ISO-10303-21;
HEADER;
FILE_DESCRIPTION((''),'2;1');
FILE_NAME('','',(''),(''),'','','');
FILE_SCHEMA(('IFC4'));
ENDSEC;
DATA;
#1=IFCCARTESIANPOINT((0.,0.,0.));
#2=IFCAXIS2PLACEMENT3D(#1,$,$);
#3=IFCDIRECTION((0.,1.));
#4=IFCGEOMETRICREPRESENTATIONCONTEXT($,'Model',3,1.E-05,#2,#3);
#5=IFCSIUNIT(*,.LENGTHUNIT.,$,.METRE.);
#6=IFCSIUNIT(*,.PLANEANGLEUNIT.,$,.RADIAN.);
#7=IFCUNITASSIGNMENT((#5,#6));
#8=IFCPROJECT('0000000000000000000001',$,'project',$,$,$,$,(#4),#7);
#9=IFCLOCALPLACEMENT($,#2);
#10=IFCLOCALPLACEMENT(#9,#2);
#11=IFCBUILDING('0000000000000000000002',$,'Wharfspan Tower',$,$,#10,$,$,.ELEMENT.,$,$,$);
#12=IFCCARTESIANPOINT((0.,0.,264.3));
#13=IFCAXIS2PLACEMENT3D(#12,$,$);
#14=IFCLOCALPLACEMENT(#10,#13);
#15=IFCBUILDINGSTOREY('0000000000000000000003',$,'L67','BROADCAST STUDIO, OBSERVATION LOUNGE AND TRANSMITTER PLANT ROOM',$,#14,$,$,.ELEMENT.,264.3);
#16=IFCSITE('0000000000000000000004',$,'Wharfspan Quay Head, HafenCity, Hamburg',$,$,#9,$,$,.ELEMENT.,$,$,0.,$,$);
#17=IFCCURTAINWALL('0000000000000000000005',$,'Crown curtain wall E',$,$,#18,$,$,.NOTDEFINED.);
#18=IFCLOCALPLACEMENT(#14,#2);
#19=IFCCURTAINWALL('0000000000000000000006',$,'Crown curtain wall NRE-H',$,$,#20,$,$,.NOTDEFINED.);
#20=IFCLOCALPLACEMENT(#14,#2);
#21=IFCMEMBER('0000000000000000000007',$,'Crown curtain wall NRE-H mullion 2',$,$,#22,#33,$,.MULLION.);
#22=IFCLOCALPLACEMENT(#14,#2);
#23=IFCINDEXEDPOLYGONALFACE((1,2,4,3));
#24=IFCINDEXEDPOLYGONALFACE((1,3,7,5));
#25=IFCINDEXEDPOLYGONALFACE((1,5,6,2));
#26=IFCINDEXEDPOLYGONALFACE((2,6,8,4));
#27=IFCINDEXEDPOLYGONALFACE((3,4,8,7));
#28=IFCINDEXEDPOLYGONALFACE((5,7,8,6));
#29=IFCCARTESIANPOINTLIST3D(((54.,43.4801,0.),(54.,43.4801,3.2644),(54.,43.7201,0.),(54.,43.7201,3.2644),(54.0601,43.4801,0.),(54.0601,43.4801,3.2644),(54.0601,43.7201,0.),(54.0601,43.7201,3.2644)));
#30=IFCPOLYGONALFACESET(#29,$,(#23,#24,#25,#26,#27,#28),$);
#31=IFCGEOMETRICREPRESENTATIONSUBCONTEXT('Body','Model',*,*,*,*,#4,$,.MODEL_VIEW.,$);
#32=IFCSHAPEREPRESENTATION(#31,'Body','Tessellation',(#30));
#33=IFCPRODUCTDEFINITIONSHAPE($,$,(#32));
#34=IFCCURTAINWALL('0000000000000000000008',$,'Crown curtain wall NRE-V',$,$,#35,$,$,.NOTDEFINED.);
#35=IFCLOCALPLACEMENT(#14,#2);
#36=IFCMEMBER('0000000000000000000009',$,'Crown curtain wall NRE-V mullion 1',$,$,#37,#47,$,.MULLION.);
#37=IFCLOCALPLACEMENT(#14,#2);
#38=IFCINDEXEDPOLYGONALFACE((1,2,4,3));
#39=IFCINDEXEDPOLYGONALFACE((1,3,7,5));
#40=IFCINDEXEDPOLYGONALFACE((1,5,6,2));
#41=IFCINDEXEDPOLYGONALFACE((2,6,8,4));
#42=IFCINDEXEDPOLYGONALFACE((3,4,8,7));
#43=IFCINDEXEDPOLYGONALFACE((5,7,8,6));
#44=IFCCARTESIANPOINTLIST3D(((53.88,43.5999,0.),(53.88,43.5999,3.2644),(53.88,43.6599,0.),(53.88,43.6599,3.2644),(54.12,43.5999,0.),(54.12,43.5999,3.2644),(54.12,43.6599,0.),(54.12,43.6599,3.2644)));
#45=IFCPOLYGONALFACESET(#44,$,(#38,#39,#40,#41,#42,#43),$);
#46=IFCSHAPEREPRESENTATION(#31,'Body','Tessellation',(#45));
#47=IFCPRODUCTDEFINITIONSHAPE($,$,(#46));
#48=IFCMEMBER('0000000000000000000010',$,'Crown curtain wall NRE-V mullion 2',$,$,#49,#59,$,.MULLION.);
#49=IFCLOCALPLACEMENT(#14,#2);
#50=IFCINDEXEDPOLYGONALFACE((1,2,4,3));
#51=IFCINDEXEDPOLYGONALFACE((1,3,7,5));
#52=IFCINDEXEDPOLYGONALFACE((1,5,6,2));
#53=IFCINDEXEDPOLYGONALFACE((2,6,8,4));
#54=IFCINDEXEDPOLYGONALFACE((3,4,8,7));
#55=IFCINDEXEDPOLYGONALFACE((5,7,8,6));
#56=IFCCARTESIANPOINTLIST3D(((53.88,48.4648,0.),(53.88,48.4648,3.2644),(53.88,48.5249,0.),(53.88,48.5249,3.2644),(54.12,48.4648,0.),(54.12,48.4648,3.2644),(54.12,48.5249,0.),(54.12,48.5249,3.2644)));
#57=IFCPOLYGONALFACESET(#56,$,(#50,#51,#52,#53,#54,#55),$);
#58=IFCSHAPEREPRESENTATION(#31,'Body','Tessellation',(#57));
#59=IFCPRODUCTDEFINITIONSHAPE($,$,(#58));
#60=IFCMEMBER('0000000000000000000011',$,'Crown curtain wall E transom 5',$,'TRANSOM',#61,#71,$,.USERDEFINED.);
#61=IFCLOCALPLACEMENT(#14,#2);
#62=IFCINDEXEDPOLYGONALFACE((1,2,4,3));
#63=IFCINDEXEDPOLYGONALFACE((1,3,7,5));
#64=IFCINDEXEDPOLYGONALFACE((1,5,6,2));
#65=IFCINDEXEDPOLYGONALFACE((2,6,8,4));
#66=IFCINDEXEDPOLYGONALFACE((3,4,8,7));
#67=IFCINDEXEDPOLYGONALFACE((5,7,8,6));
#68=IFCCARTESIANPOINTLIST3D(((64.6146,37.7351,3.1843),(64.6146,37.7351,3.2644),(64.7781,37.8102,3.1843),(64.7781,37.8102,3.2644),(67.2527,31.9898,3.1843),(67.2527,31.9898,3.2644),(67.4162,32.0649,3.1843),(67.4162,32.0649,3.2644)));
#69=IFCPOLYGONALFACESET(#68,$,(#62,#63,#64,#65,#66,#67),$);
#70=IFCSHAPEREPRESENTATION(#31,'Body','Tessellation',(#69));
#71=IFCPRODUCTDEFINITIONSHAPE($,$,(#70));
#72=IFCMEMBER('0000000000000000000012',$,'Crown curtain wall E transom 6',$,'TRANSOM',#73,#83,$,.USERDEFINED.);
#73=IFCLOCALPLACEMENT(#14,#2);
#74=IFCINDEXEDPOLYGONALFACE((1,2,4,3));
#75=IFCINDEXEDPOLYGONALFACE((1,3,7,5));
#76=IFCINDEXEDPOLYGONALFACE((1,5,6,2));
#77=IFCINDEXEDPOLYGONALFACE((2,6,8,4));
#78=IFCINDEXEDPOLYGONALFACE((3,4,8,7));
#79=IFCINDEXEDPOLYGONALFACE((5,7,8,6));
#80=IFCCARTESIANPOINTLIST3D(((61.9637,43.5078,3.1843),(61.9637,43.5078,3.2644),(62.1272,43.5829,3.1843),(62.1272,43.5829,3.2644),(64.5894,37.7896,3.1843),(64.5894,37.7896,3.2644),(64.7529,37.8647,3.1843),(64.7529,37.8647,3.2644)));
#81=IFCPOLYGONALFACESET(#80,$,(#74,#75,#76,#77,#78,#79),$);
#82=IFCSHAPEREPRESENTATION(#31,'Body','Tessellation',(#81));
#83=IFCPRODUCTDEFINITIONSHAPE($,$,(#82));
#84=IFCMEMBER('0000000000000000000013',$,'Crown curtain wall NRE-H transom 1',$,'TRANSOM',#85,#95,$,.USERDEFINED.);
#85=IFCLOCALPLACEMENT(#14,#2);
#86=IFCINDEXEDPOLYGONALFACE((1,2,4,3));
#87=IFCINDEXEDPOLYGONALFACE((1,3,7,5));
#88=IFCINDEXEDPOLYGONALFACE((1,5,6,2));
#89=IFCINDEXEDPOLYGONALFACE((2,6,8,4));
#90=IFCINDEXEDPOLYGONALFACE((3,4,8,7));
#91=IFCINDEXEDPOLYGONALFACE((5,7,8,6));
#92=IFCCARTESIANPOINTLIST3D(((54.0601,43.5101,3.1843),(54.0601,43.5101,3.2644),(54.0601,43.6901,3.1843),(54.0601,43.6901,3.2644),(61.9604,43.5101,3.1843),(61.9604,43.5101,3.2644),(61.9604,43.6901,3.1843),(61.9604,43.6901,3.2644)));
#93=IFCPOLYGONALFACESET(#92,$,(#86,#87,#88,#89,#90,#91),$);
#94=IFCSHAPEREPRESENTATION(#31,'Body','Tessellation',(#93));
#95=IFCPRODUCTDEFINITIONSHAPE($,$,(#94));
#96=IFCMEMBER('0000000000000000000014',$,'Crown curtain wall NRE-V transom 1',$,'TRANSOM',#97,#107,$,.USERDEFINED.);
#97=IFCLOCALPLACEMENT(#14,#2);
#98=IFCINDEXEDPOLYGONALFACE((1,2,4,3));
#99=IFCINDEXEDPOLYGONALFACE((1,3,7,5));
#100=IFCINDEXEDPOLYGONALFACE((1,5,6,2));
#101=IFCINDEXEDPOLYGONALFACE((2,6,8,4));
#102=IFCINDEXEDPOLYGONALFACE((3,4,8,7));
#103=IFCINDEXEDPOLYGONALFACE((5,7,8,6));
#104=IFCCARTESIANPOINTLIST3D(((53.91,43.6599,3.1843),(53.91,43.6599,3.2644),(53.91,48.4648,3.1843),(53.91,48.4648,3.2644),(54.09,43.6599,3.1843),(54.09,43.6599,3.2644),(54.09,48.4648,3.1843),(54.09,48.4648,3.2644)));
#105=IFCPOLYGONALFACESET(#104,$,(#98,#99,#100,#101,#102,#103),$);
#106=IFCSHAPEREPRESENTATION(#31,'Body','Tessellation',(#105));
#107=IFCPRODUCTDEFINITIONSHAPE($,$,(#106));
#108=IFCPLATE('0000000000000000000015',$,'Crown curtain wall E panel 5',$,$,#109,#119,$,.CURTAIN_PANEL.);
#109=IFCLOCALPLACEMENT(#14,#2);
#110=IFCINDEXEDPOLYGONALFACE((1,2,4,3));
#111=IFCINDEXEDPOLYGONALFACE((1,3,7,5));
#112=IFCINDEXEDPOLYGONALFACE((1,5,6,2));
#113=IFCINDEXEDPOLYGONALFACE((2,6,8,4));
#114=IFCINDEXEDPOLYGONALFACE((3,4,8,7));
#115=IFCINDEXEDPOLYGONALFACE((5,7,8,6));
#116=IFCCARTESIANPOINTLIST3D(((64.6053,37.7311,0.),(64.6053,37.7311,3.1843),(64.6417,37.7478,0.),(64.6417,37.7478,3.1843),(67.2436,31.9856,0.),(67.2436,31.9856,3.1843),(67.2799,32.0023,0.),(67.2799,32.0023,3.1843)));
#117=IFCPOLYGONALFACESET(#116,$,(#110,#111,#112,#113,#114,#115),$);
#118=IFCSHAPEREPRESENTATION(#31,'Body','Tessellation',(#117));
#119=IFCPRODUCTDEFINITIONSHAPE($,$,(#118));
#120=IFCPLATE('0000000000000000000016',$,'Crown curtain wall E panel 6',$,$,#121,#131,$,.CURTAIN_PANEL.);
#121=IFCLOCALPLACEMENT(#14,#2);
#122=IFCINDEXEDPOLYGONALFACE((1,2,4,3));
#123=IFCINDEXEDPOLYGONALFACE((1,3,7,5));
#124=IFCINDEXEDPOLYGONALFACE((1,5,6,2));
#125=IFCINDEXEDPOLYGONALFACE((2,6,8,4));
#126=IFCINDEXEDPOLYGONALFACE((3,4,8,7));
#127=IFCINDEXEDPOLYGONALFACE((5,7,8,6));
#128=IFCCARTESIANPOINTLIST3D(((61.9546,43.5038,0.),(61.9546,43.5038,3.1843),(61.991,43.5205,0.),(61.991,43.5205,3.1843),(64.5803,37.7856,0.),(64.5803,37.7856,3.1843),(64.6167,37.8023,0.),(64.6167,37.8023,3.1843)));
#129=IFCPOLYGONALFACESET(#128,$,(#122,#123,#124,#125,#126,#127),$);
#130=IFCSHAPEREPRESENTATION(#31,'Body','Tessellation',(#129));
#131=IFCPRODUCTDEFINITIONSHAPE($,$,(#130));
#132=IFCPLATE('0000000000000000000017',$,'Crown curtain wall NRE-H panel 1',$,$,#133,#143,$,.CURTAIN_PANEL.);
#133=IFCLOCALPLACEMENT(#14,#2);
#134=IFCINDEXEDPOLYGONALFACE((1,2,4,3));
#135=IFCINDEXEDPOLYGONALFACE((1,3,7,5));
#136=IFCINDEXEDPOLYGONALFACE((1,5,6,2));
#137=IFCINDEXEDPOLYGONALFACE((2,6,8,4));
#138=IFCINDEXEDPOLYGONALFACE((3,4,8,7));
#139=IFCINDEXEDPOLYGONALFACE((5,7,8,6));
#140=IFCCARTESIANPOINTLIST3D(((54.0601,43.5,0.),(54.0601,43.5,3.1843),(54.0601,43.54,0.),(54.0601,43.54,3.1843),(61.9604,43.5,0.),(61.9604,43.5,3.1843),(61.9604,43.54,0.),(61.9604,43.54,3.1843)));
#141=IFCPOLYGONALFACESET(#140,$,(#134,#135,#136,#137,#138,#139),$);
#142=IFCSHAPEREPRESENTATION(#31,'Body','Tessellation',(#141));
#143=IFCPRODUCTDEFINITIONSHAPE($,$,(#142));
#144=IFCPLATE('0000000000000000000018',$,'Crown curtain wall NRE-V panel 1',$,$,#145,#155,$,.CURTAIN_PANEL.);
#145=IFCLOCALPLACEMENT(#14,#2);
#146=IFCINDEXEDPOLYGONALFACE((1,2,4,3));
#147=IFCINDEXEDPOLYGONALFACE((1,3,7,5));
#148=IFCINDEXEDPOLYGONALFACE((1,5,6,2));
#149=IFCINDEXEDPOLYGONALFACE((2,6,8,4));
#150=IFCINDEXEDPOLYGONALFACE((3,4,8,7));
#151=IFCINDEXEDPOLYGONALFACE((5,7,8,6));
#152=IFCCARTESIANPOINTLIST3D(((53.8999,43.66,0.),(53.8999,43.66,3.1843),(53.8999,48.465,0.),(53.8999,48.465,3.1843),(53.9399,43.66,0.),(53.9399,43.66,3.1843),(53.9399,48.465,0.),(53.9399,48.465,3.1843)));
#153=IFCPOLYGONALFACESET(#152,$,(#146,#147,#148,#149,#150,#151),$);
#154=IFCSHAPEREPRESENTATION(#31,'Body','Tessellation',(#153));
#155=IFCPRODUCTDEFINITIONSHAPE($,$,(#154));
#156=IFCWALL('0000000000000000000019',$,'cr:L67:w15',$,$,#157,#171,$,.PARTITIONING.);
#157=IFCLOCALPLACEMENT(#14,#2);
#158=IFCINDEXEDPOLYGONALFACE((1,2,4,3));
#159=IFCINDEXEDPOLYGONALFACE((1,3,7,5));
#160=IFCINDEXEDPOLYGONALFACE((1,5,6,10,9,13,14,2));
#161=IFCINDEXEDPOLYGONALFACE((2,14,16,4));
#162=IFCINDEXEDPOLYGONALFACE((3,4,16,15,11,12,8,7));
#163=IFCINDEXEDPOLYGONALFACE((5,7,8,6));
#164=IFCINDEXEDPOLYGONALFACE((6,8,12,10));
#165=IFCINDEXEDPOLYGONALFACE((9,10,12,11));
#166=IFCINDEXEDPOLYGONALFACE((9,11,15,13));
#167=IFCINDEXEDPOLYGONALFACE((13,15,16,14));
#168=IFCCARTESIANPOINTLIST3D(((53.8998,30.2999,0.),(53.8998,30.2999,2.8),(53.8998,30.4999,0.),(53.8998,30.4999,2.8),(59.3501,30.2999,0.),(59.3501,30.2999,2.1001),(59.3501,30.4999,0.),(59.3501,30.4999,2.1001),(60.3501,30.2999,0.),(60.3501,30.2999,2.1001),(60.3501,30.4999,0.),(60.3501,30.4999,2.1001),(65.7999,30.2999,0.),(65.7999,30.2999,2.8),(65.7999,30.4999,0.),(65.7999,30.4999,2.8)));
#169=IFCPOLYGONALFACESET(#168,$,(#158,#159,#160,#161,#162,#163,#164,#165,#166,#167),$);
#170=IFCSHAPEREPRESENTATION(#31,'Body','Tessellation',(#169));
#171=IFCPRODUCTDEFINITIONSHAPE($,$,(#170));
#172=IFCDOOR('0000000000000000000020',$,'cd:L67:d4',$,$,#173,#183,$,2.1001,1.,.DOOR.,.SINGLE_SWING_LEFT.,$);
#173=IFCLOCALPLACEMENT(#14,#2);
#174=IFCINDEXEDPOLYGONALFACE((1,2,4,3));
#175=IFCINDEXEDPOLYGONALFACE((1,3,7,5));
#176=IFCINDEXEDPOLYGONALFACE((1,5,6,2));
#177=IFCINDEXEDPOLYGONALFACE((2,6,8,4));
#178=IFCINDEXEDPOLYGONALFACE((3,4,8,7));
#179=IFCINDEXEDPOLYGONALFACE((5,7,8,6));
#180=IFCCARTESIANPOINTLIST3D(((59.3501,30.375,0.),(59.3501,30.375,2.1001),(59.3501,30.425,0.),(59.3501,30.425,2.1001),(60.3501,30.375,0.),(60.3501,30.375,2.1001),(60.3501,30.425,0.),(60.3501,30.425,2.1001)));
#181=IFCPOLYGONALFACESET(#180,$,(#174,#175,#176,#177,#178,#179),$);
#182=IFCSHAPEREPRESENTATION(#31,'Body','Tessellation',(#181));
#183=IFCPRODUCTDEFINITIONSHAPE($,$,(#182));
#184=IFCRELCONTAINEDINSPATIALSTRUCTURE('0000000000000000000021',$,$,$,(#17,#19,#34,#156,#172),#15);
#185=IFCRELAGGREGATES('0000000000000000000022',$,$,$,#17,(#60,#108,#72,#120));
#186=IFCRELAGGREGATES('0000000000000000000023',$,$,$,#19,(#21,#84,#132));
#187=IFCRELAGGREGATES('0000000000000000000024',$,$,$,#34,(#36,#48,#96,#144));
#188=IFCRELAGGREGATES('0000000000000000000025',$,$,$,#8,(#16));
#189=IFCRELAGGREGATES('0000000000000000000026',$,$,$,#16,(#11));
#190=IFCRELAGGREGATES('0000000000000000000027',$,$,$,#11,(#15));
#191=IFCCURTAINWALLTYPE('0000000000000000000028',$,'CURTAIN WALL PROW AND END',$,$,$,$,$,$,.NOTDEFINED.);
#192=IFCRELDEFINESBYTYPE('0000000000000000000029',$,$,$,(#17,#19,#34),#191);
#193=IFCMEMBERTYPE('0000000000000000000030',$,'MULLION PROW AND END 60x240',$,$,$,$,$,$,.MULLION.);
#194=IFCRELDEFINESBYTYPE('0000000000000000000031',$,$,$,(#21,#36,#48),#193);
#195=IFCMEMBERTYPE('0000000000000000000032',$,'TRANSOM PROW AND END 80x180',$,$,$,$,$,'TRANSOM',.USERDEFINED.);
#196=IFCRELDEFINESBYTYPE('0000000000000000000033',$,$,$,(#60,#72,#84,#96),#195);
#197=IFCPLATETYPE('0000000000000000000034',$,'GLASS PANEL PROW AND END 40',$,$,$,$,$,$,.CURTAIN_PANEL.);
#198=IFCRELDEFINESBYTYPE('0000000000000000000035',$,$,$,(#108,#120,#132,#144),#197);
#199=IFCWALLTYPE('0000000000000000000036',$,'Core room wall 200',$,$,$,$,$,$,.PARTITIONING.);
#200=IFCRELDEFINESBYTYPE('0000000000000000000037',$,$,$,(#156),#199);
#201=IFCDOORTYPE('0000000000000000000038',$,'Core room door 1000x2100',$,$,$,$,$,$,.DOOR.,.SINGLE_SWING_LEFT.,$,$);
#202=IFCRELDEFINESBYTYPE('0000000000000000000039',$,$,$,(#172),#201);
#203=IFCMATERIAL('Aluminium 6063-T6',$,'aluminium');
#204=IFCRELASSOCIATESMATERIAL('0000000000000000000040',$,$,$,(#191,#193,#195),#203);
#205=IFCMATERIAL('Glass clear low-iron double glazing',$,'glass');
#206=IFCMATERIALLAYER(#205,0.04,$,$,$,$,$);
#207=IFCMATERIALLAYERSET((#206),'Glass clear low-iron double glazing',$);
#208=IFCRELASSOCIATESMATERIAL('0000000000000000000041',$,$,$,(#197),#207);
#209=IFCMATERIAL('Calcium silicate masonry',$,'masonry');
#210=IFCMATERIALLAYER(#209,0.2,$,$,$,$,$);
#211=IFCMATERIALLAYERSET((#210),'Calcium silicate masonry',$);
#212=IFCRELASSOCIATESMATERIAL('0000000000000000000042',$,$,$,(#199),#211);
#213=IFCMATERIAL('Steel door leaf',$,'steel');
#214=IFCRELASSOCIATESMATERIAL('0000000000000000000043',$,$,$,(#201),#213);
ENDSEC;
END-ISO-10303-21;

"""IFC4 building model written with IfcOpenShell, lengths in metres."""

from ifc_helpers import new_model, si_unit, direction, frame, frame_2d, origin, origin_2d, place, context, subcontext, project, spatial, rectangle, extrude, material, layer, layer_set, material_profile, profile_set, type_object, element, fill, aggregate, save


model = new_model("IFC4")

# Units and contexts
model_context = context("Model", 3, precision=1e-05, world=origin(), true_north=direction((0.0, 1.0)))
body_context = subcontext(model_context, "Body", "Model", "MODEL_VIEW")
ifc_project = project(units=[si_unit("LENGTHUNIT", "METRE"), si_unit("PLANEANGLEUNIT", "RADIAN")], contexts=[model_context])

# Site, building, storey
site_placement = place(None, origin())
site = spatial("IfcSite", under=ifc_project, at=site_placement, Name="Wharfspan Quay Head, HafenCity, Hamburg", CompositionType="ELEMENT", RefElevation=0.0)
building_placement = place(site_placement, origin())
building = spatial("IfcBuilding", under=site, at=building_placement, Name="Wharfspan Tower", CompositionType="ELEMENT")
storey_placement = place(building_placement, frame((0.0, 0.0, 264.3)))
storey = spatial("IfcBuildingStorey", under=building, at=storey_placement, Name="L67", Description="BROADCAST STUDIO, OBSERVATION LOUNGE AND TRANSMITTER PLANT ROOM", CompositionType="ELEMENT", Elevation=264.3)

# Curtain walls, members
ifc_material_1 = material(Name="Aluminium 6063-T6", Category="aluminium")
curtain_wall_type = type_object("IfcCurtainWallType", Name="CURTAIN WALL PROW AND END", PredefinedType="NOTDEFINED", material=ifc_material_1)
curtain_wall_1_placement = place(storey_placement, origin())
curtain_wall_1 = element("IfcCurtainWall", 1, at=curtain_wall_1_placement, inside=storey, type_object=curtain_wall_type, Name="Crown curtain wall E", PredefinedType="NOTDEFINED")
ifc_material_profile_1 = material_profile(ifc_material_1, rectangle(XDim=0.24, YDim=0.0601, at=origin_2d()))
ifc_profile_set_1 = profile_set([ifc_material_profile_1], Name="Aluminium 6063-T6")
member_type_1 = type_object("IfcMemberType", Name="MULLION PROW AND END 60x240", PredefinedType="MULLION", material=ifc_profile_set_1)
curtain_wall_2_placement = place(storey_placement, origin())
curtain_wall_2 = element("IfcCurtainWall", 2, at=curtain_wall_2_placement, inside=storey, type_object=curtain_wall_type, Name="Crown curtain wall NRE-H", PredefinedType="NOTDEFINED")
member_1_placement = place(storey_placement, frame((54.03, 43.6001, 0.0), z_axis=(0.0, 0.0, 1.0), x_axis=(0.0, -1.0, 0.0)))
member_1 = element("IfcMember", 3, at=member_1_placement, type_object=member_type_1, Name="Crown curtain wall NRE-H mullion 2", PredefinedType="MULLION", context=body_context, shape_type="SweptSolid", body=[
    extrude(rectangle(XDim=0.24, YDim=0.0601, at=origin_2d()), origin(), (0.0, 0.0, 1.0), 3.2644),
])
curtain_wall_3_placement = place(storey_placement, origin())
curtain_wall_3 = element("IfcCurtainWall", 4, at=curtain_wall_3_placement, inside=storey, type_object=curtain_wall_type, Name="Crown curtain wall NRE-V", PredefinedType="NOTDEFINED")
member_2_placement = place(storey_placement, frame((54.0, 43.6299, 0.0), z_axis=(0.0, 0.0, 1.0), x_axis=(-1.0, 0.0, 0.0)))
member_2 = element("IfcMember", 5, at=member_2_placement, type_object=member_type_1, Name="Crown curtain wall NRE-V mullion 1", PredefinedType="MULLION", context=body_context, shape_type="SweptSolid", body=[
    extrude(rectangle(XDim=0.24, YDim=0.0601, at=origin_2d()), origin(), (0.0, 0.0, 1.0), 3.2644),
])
member_3_placement = place(storey_placement, frame((54.0, 48.4949, 0.0), z_axis=(0.0, 0.0, 1.0), x_axis=(-1.0, 0.0, 0.0)))
member_3 = element("IfcMember", 6, at=member_3_placement, type_object=member_type_1, Name="Crown curtain wall NRE-V mullion 2", PredefinedType="MULLION", context=body_context, shape_type="SweptSolid", body=[
    extrude(rectangle(XDim=0.24, YDim=0.0601, at=origin_2d()), origin(), (0.0, 0.0, 1.0), 3.2644),
])

# Members
ifc_material_profile_2 = material_profile(ifc_material_1, rectangle(XDim=0.1799, YDim=0.0801, at=origin_2d()))
ifc_profile_set_2 = profile_set([ifc_material_profile_2], Name="Aluminium 6063-T6")
member_type_2 = type_object("IfcMemberType", Name="TRANSOM PROW AND END 80x180", ElementType="TRANSOM", PredefinedType="USERDEFINED", material=ifc_profile_set_2)
member_4_placement = place(storey_placement, frame((67.3345, 32.0273, 3.2244), z_axis=(-0.417294, 0.908771, 0.0), x_axis=(-0.908771, -0.417294, 0.0)))
member_4 = element("IfcMember", 7, at=member_4_placement, type_object=member_type_2, Name="Crown curtain wall E transom 5", ObjectType="TRANSOM", PredefinedType="USERDEFINED", context=body_context, shape_type="SweptSolid", body=[
    extrude(rectangle(XDim=0.1799, YDim=0.0801, at=origin_2d()), origin(), (0.0, 0.0, 1.0), 6.322),
])
member_5_placement = place(storey_placement, frame((64.6711, 37.8271, 3.2244), z_axis=(-0.417293, 0.908772, 0.0), x_axis=(-0.908772, -0.417293, 0.0)))
member_5 = element("IfcMember", 8, at=member_5_placement, type_object=member_type_2, Name="Crown curtain wall E transom 6", ObjectType="TRANSOM", PredefinedType="USERDEFINED", context=body_context, shape_type="SweptSolid", body=[
    extrude(rectangle(XDim=0.1799, YDim=0.0801, at=origin_2d()), origin(), (0.0, 0.0, 1.0), 6.2922),
])
member_6_placement = place(storey_placement, frame((61.9604, 43.6001, 3.2244), z_axis=(-1.0, 0.0, 0.0), x_axis=(0.0, -1.0, 0.0)))
member_6 = element("IfcMember", 9, at=member_6_placement, type_object=member_type_2, Name="Crown curtain wall NRE-H transom 1", ObjectType="TRANSOM", PredefinedType="USERDEFINED", context=body_context, shape_type="SweptSolid", body=[
    extrude(rectangle(XDim=0.1799, YDim=0.0801, at=origin_2d()), origin(), (0.0, 0.0, 1.0), 7.9004),
])
member_7_placement = place(storey_placement, frame((54.0, 43.6599, 3.2244), z_axis=(0.0, 1.0, 0.0), x_axis=(-1.0, 0.0, 0.0)))
member_7 = element("IfcMember", 10, at=member_7_placement, type_object=member_type_2, Name="Crown curtain wall NRE-V transom 1", ObjectType="TRANSOM", PredefinedType="USERDEFINED", context=body_context, shape_type="SweptSolid", body=[
    extrude(rectangle(XDim=0.1799, YDim=0.0801, at=origin_2d()), origin(), (0.0, 0.0, 1.0), 4.8049),
])

# Plates
ifc_material_2 = material(Name="Glass clear low-iron double glazing", Category="glass")
ifc_layer_1 = layer(ifc_material_2, 0.04)
ifc_layer_set_1 = layer_set([ifc_layer_1], Name="Glass clear low-iron double glazing")
plate_type = type_object("IfcPlateType", Name="GLASS PANEL PROW AND END 40", PredefinedType="CURTAIN_PANEL", material=ifc_layer_set_1)
plate_1_placement = place(storey_placement, frame((65.9426, 34.8667, 0.0), z_axis=(0.0, 0.0, 1.0), x_axis=(-0.417292, 0.908769, 0.0)))
plate_1 = element("IfcPlate", 11, at=plate_1_placement, type_object=plate_type, Name="Crown curtain wall E panel 5", PredefinedType="CURTAIN_PANEL", context=body_context, shape_type="SweptSolid", body=[
    extrude(rectangle(XDim=6.3223, YDim=0.04, at=origin_2d()), origin(), (0.0, 0.0, 1.0), 3.1843),
])
plate_2_placement = place(storey_placement, frame((63.2856, 40.6531, 0.0), z_axis=(0.0, 0.0, 1.0), x_axis=(-0.417292, 0.908769, 0.0)))
plate_2 = element("IfcPlate", 12, at=plate_2_placement, type_object=plate_type, Name="Crown curtain wall E panel 6", PredefinedType="CURTAIN_PANEL", context=body_context, shape_type="SweptSolid", body=[
    extrude(rectangle(XDim=6.2922, YDim=0.04, at=origin_2d()), origin(), (0.0, 0.0, 1.0), 3.1843),
])
aggregate(curtain_wall_1, [member_4, plate_1, member_5, plate_2])
plate_3_placement = place(storey_placement, frame((58.0103, 43.52, 0.0), z_axis=(0.0, 0.0, 1.0), x_axis=(-1.0, 0.0, 0.0)))
plate_3 = element("IfcPlate", 13, at=plate_3_placement, type_object=plate_type, Name="Crown curtain wall NRE-H panel 1", PredefinedType="CURTAIN_PANEL", context=body_context, shape_type="SweptSolid", body=[
    extrude(rectangle(XDim=7.9004, YDim=0.04, at=origin_2d()), origin(), (0.0, 0.0, 1.0), 3.1843),
])
aggregate(curtain_wall_2, [member_1, member_6, plate_3])
plate_4_placement = place(storey_placement, frame((53.9199, 46.0625, 0.0), z_axis=(0.0, 0.0, 1.0), x_axis=(0.0, 1.0, 0.0)))
plate_4 = element("IfcPlate", 14, at=plate_4_placement, type_object=plate_type, Name="Crown curtain wall NRE-V panel 1", PredefinedType="CURTAIN_PANEL", context=body_context, shape_type="SweptSolid", body=[
    extrude(rectangle(XDim=4.8049, YDim=0.04, at=origin_2d()), origin(), (0.0, 0.0, 1.0), 3.1843),
])
aggregate(curtain_wall_3, [member_2, member_3, member_7, plate_4])

# Wall, opening, door
ifc_material_3 = material(Name="Calcium silicate masonry", Category="masonry")
ifc_layer_2 = layer(ifc_material_3, 0.2)
ifc_layer_set_2 = layer_set([ifc_layer_2], Name="Calcium silicate masonry")
wall_type_1 = type_object("IfcWallType", Name="Core room wall 200", PredefinedType="PARTITIONING", material=ifc_layer_set_2)
wall_1_placement = place(storey_placement, frame((65.8, 30.3999, 0.0), z_axis=(0.0, 0.0, 1.0), x_axis=(-1.0, 0.0, 0.0)))
wall_1 = element("IfcWall", 15, at=wall_1_placement, inside=storey, type_object=wall_type_1, Name="cr:L67:w15", PredefinedType="PARTITIONING", context=body_context, shape_type="SweptSolid", body=[
    extrude(rectangle(XDim=11.9001, YDim=0.2, at=frame_2d((5.9502, 0.0))), origin(), (0.0, 0.0, 1.0), 2.8),
])
opening_1_placement = place(wall_1_placement, frame((5.45, 0.0, 0.0)))
opening_1 = element("IfcOpeningElement", 16, at=opening_1_placement, cuts=wall_1, PredefinedType="OPENING", context=body_context, shape_type="SweptSolid", body=[
    extrude(rectangle(XDim=1.0, YDim=2.1001, at=frame_2d((0.5, 1.05))), frame((0.0, 0.1099, 0.0), z_axis=(0.0, -1.0, 0.0), x_axis=(1.0, 0.0, 0.0)), (0.0, 0.0, 1.0), 0.22),
])
ifc_material_4 = material(Name="Steel door leaf", Category="steel")
door_type = type_object("IfcDoorType", Name="Core room door 1000x2100", OperationType="SINGLE_SWING_LEFT", PredefinedType="DOOR", material=ifc_material_4)
door_1_placement = place(opening_1_placement, origin())
door_1 = element("IfcDoor", 17, at=door_1_placement, inside=storey, type_object=door_type, Name="cd:L67:d4", OperationType="SINGLE_SWING_LEFT", OverallHeight=2.1001, OverallWidth=1.0, PredefinedType="DOOR", context=body_context, shape_type="SweptSolid", body=[
    extrude(rectangle(XDim=1.0, YDim=2.1001, at=frame_2d((0.5, 1.05))), frame((0.0, 0.0249, 0.0), z_axis=(0.0, -1.0, 0.0), x_axis=(1.0, 0.0, 0.0)), (0.0, 0.0, 1.0), 0.05),
])
fill(opening_1, door_1)

save(model, "model.ifc")
